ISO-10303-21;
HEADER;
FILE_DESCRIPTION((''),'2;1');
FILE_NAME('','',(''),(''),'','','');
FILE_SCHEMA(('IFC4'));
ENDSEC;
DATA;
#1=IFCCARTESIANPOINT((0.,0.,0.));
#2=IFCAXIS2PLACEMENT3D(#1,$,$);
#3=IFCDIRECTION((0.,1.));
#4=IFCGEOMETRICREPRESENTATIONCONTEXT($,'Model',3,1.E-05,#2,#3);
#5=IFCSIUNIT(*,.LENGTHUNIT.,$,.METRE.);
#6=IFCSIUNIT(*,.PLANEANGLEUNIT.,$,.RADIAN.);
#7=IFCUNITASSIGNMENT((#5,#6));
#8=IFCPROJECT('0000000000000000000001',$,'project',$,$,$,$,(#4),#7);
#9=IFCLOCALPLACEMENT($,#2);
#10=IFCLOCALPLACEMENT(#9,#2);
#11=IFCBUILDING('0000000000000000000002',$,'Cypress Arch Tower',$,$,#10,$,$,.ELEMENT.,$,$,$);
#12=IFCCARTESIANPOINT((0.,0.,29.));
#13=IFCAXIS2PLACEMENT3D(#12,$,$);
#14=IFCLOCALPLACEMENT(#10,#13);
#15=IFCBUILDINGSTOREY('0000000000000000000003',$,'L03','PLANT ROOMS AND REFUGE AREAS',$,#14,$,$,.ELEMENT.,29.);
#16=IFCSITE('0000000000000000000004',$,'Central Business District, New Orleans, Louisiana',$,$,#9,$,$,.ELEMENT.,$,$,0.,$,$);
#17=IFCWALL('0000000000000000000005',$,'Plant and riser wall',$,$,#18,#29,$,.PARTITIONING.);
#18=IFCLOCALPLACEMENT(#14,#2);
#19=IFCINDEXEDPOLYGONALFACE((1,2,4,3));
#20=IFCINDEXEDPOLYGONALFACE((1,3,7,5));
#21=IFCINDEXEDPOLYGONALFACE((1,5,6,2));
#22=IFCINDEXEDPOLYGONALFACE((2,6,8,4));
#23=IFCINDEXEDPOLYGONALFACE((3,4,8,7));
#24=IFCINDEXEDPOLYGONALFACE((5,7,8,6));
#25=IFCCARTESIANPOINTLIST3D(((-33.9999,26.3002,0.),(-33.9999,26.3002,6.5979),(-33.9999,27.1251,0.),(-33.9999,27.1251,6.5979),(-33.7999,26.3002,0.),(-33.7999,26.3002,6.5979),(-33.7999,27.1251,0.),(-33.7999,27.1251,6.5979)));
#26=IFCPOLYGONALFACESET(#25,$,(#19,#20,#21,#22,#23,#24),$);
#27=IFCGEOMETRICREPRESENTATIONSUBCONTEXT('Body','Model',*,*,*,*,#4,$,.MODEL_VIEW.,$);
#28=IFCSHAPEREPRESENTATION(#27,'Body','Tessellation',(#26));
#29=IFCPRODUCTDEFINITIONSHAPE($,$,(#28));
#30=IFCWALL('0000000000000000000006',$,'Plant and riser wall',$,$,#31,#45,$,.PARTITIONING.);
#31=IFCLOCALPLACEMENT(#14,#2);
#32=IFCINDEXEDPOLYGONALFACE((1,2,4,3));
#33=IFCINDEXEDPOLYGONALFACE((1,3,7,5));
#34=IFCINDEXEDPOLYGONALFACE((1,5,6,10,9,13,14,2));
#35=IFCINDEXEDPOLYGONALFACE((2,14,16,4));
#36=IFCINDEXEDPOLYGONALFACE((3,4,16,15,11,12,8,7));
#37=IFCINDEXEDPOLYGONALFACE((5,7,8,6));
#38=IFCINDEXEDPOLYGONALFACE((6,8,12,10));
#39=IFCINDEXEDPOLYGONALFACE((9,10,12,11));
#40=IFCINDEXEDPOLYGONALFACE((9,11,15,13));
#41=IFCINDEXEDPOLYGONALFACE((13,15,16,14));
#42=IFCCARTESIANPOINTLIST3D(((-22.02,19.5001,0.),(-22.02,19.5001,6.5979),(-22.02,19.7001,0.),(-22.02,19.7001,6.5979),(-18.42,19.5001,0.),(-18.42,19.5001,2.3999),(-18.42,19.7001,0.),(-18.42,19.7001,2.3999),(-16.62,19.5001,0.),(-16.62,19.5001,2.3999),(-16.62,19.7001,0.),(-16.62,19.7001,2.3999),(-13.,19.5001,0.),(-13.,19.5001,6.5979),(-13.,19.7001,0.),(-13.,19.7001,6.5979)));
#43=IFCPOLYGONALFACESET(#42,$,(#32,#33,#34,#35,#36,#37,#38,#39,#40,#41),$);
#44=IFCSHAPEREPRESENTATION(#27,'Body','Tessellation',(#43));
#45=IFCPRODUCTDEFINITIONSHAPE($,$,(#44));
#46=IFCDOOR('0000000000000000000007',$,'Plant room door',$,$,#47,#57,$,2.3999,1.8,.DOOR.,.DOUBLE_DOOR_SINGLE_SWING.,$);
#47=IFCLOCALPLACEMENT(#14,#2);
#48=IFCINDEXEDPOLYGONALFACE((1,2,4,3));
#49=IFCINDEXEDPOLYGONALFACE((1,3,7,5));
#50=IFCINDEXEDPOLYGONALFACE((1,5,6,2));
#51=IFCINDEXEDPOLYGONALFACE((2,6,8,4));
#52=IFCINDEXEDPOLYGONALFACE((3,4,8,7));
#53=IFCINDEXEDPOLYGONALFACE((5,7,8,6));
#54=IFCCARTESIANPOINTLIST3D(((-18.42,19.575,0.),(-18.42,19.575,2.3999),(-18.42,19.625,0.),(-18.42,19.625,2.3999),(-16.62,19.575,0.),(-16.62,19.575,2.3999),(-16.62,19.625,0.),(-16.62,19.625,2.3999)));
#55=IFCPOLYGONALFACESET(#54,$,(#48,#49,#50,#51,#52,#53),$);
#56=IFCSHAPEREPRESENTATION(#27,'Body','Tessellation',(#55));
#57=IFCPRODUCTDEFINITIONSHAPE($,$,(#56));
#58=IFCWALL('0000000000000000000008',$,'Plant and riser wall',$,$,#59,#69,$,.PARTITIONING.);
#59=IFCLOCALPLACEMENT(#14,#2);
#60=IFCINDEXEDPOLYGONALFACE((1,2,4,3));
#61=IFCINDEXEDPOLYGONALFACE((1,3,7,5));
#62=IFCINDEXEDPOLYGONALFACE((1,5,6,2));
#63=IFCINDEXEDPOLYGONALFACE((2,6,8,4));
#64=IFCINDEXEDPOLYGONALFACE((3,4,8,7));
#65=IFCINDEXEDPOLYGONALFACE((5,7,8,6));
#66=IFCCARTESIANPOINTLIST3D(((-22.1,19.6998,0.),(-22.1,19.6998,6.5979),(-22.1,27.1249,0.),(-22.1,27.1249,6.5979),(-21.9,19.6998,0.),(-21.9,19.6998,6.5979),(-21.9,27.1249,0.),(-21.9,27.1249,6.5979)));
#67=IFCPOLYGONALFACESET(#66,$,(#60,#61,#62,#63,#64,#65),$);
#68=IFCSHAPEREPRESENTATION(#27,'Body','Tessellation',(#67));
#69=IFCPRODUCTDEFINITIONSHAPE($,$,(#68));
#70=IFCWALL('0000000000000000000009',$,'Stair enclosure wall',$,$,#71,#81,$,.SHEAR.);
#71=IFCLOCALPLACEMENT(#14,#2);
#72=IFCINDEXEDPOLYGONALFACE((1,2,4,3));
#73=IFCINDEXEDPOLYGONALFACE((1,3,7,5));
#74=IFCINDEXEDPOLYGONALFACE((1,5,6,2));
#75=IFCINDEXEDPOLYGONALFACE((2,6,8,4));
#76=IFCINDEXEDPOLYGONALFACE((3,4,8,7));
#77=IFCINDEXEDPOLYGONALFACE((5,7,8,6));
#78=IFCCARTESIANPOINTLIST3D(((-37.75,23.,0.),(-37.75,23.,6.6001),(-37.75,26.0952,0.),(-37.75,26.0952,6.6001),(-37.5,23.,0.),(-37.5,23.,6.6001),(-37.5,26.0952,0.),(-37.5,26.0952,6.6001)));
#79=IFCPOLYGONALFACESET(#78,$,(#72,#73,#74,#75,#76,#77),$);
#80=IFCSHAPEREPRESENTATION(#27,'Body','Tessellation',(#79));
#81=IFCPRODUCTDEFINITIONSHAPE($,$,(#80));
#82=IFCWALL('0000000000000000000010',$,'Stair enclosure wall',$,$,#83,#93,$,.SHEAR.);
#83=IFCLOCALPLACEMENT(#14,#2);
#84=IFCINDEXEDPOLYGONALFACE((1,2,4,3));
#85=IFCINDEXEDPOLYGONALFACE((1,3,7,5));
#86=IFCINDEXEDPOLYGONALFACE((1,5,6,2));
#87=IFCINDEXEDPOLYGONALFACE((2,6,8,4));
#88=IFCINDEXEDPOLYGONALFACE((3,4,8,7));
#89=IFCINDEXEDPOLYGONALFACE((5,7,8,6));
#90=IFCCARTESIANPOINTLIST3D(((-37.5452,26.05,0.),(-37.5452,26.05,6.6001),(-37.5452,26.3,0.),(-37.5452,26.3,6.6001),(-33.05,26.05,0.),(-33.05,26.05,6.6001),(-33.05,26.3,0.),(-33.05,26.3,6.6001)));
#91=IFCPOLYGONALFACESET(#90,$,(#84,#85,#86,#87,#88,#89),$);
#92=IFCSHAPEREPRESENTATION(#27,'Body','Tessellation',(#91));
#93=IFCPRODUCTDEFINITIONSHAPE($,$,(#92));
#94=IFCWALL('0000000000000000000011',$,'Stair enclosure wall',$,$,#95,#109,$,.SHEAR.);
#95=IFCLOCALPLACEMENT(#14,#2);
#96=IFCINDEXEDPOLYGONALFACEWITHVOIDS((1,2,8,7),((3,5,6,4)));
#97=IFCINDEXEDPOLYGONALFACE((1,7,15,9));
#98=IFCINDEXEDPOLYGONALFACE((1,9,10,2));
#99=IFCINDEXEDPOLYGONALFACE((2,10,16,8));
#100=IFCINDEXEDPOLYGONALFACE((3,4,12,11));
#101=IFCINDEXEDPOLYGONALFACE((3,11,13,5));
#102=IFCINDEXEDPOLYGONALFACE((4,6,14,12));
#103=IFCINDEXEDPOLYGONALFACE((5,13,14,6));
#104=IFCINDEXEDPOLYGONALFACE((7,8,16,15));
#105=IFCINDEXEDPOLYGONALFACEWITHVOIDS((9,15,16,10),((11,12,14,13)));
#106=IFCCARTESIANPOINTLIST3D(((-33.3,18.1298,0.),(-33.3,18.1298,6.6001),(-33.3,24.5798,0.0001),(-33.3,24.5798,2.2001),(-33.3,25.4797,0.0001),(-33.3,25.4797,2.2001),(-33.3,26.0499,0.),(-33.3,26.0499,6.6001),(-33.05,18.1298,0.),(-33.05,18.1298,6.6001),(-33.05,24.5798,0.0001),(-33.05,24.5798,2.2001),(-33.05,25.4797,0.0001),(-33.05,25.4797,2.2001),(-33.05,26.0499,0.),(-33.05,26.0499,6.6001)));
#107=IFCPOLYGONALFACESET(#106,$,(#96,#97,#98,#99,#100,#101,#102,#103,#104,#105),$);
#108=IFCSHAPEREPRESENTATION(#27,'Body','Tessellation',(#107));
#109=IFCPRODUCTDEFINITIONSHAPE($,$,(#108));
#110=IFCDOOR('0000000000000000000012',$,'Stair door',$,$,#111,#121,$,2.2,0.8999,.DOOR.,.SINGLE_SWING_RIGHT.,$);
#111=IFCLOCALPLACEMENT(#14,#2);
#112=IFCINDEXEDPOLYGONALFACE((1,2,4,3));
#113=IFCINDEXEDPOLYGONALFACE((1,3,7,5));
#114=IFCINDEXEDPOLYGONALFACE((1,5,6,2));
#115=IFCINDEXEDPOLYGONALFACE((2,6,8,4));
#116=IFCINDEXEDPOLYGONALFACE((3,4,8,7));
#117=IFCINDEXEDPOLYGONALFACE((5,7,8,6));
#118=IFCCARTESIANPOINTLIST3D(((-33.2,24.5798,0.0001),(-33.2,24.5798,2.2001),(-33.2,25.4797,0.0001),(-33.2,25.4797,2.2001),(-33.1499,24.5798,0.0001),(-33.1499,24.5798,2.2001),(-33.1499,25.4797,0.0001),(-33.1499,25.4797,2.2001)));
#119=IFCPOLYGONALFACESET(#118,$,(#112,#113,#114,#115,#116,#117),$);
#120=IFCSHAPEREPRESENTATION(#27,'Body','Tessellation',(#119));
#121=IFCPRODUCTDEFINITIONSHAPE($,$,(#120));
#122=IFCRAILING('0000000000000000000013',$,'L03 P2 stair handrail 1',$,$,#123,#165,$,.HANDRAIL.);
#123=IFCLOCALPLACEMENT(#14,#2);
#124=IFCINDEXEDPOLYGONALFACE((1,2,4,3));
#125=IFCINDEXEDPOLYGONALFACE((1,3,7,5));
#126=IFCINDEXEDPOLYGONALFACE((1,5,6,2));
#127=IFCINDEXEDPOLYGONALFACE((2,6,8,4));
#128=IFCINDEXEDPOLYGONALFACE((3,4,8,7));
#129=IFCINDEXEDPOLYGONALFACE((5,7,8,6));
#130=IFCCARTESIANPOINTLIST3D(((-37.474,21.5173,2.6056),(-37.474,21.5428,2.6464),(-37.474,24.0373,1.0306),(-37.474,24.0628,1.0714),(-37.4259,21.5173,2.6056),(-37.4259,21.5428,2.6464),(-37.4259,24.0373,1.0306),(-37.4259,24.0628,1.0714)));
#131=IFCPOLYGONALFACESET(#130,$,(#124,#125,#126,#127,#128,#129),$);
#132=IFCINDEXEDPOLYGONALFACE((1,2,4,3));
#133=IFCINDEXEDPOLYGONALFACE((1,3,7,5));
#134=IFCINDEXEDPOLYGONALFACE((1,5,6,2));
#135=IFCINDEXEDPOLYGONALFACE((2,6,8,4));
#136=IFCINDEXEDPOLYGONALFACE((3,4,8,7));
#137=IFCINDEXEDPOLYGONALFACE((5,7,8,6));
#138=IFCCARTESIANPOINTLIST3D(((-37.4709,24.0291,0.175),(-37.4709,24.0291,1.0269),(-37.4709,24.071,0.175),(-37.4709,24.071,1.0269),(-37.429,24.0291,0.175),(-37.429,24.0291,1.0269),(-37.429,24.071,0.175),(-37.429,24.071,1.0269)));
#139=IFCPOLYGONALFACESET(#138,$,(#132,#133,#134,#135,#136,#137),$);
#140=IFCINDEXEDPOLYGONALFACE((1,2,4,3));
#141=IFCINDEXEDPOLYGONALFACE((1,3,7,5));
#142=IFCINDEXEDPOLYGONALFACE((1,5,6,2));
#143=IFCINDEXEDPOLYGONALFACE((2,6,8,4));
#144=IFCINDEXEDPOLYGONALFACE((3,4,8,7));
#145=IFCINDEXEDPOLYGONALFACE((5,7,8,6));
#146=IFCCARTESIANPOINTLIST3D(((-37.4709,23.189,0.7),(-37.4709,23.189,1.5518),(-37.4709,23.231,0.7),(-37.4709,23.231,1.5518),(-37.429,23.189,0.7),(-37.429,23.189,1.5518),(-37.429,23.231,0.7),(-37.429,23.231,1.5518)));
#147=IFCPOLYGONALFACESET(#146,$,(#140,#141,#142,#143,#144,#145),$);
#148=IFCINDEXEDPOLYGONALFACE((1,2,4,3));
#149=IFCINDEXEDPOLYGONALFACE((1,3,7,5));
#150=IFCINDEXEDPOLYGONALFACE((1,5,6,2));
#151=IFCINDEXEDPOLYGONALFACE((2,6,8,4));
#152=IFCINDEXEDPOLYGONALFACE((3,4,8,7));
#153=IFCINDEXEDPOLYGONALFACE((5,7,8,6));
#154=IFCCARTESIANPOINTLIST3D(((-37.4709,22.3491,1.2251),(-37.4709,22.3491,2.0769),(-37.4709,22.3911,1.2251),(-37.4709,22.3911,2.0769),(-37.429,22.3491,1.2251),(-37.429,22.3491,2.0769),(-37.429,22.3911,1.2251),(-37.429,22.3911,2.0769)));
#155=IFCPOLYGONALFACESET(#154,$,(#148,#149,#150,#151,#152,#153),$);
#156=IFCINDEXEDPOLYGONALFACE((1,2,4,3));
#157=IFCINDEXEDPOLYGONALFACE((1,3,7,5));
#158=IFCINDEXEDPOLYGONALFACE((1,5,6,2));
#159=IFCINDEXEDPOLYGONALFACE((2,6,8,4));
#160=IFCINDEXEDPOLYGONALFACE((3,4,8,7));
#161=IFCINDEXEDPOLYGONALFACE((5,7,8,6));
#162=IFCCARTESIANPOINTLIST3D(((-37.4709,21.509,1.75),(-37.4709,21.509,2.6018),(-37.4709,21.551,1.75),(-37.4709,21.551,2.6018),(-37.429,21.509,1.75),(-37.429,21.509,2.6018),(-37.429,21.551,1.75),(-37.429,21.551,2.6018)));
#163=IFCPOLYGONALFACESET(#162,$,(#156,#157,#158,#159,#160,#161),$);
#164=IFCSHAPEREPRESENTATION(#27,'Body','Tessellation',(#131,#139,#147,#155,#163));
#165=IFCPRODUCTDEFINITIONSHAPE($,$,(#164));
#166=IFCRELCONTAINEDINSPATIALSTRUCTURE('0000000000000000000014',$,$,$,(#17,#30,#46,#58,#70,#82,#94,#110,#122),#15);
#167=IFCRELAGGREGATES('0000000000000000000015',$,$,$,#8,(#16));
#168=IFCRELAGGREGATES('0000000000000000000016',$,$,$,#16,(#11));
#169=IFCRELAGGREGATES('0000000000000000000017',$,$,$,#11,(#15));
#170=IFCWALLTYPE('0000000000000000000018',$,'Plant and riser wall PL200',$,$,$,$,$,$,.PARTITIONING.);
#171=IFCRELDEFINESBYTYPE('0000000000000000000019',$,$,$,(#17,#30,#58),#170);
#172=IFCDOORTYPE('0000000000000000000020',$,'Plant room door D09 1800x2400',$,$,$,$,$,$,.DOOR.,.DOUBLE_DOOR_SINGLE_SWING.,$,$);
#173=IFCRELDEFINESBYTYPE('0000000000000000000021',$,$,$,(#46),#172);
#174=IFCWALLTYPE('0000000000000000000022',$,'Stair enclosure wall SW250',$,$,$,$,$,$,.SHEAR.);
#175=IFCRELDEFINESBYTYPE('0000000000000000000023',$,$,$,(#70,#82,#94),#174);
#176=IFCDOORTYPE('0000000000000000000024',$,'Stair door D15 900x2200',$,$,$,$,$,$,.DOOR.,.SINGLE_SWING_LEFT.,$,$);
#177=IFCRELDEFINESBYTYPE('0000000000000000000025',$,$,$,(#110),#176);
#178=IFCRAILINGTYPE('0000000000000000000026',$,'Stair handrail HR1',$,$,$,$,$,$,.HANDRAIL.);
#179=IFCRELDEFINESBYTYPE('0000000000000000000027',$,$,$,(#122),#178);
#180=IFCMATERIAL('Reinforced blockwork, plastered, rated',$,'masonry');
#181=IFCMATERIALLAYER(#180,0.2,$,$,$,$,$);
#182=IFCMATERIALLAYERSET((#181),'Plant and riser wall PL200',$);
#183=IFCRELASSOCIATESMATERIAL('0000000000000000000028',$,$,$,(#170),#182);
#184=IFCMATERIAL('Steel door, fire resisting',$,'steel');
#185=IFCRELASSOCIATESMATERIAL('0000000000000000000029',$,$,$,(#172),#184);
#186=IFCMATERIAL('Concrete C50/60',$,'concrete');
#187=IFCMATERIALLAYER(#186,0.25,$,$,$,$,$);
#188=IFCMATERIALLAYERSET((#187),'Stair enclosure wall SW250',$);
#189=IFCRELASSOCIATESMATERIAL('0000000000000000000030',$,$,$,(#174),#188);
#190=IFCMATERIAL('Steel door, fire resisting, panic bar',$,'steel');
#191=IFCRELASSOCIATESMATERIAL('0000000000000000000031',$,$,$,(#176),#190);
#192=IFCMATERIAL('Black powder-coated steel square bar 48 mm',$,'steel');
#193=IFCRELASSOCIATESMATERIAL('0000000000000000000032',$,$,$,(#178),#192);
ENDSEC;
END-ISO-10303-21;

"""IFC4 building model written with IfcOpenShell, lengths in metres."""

from ifc_helpers import new_model, si_unit, direction, frame, frame_2d, origin, origin_2d, place, context, subcontext, project, spatial, rectangle, extrude, material, layer, layer_set, type_object, element, fill, save


model = new_model("IFC4")

# Units and contexts
model_context = context("Model", 3, precision=1e-05, world=origin(), true_north=direction((0.0, 1.0)))
body_context = subcontext(model_context, "Body", "Model", "MODEL_VIEW")
ifc_project = project(units=[si_unit("LENGTHUNIT", "METRE"), si_unit("PLANEANGLEUNIT", "RADIAN")], contexts=[model_context])

# Site, building, storey
site_placement = place(None, origin())
site = spatial("IfcSite", under=ifc_project, at=site_placement, Name="Central Business District, New Orleans, Louisiana", CompositionType="ELEMENT", RefElevation=0.0)
building_placement = place(site_placement, origin())
building = spatial("IfcBuilding", under=site, at=building_placement, Name="Cypress Arch Tower", CompositionType="ELEMENT")
storey_placement = place(building_placement, frame((0.0, 0.0, 29.0)))
storey = spatial("IfcBuildingStorey", under=building, at=storey_placement, Name="L03", Description="PLANT ROOMS AND REFUGE AREAS", CompositionType="ELEMENT", Elevation=29.0)

# Wall
ifc_material_1 = material(Name="Reinforced blockwork, plastered, rated", Category="masonry")
ifc_layer_1 = layer(ifc_material_1, 0.2)
ifc_layer_set_1 = layer_set([ifc_layer_1], Name="Plant and riser wall PL200")
wall_type_1 = type_object("IfcWallType", Name="Plant and riser wall PL200", PredefinedType="PARTITIONING", material=ifc_layer_set_1)
wall_1_placement = place(storey_placement, frame((-33.8999, 26.3, 0.0), z_axis=(0.0, 0.0, 1.0), x_axis=(0.0, 1.0, 0.0)))
element("IfcWall", 1, at=wall_1_placement, inside=storey, type_object=wall_type_1, Name="Plant and riser wall", PredefinedType="PARTITIONING", context=body_context, shape_type="SweptSolid", body=[
    extrude(rectangle(XDim=0.825, YDim=0.2, at=frame_2d((0.4126, 0.0))), origin(), (0.0, 0.0, 1.0), 6.5979),
])

# Wall, opening, door
wall_2_placement = place(storey_placement, frame((-22.02, 19.6001, 0.0), z_axis=(0.0, 0.0, 1.0), x_axis=(1.0, 0.0, 0.0)))
wall_2 = element("IfcWall", 2, at=wall_2_placement, inside=storey, type_object=wall_type_1, Name="Plant and riser wall", PredefinedType="PARTITIONING", context=body_context, shape_type="SweptSolid", body=[
    extrude(rectangle(XDim=9.02, YDim=0.2, at=frame_2d((4.51, 0.0))), origin(), (0.0, 0.0, 1.0), 6.5979),
])
opening_1_placement = place(wall_2_placement, frame((3.6001, 0.0, 0.0)))
opening_1 = element("IfcOpeningElement", 3, at=opening_1_placement, cuts=wall_2, PredefinedType="OPENING", context=body_context, shape_type="SweptSolid", body=[
    extrude(rectangle(XDim=1.8, YDim=2.3999, at=frame_2d((0.8999, 1.2))), frame((0.0, 0.1099, 0.0), z_axis=(0.0, -1.0, 0.0), x_axis=(1.0, 0.0, 0.0)), (0.0, 0.0, 1.0), 0.22),
])
ifc_material_2 = material(Name="Steel door, fire resisting", Category="steel")
door_type_1 = type_object("IfcDoorType", Name="Plant room door D09 1800x2400", OperationType="DOUBLE_DOOR_SINGLE_SWING", PredefinedType="DOOR", material=ifc_material_2)
door_1_placement = place(opening_1_placement, origin())
door_1 = element("IfcDoor", 4, at=door_1_placement, inside=storey, type_object=door_type_1, Name="Plant room door", OperationType="DOUBLE_DOOR_SINGLE_SWING", OverallHeight=2.3999, OverallWidth=1.8, PredefinedType="DOOR", context=body_context, shape_type="SweptSolid", body=[
    extrude(rectangle(XDim=1.8, YDim=2.3999, at=frame_2d((0.8999, 1.2))), frame((0.0, 0.0249, 0.0), z_axis=(0.0, -1.0, 0.0), x_axis=(1.0, 0.0, 0.0)), (0.0, 0.0, 1.0), 0.05),
])
fill(opening_1, door_1)

# Walls
wall_3_placement = place(storey_placement, frame((-22.0, 19.7, 0.0), z_axis=(0.0, 0.0, 1.0), x_axis=(0.0, 1.0, 0.0)))
element("IfcWall", 5, at=wall_3_placement, inside=storey, type_object=wall_type_1, Name="Plant and riser wall", PredefinedType="PARTITIONING", context=body_context, shape_type="SweptSolid", body=[
    extrude(rectangle(XDim=7.425, YDim=0.2, at=frame_2d((3.7124, 0.0))), origin(), (0.0, 0.0, 1.0), 6.5979),
])
ifc_material_3 = material(Name="Concrete C50/60", Category="concrete")
ifc_layer_2 = layer(ifc_material_3, 0.25)
ifc_layer_set_2 = layer_set([ifc_layer_2], Name="Stair enclosure wall SW250")
wall_type_2 = type_object("IfcWallType", Name="Stair enclosure wall SW250", PredefinedType="SHEAR", material=ifc_layer_set_2)
wall_4_placement = place(storey_placement, frame((-37.625, 23.0, 0.0), z_axis=(0.0, 0.0, 1.0), x_axis=(0.0, 1.0, 0.0)))
element("IfcWall", 6, at=wall_4_placement, inside=storey, type_object=wall_type_2, Name="Stair enclosure wall", PredefinedType="SHEAR", context=body_context, shape_type="SweptSolid", body=[
    extrude(rectangle(XDim=3.0952, YDim=0.25, at=frame_2d((1.5476, 0.0))), origin(), (0.0, 0.0, 1.0), 6.6001),
])
wall_5_placement = place(storey_placement, frame((-37.5452, 26.175, 0.0), z_axis=(0.0, 0.0, 1.0), x_axis=(1.0, 0.0, 0.0)))
element("IfcWall", 7, at=wall_5_placement, inside=storey, type_object=wall_type_2, Name="Stair enclosure wall", PredefinedType="SHEAR", context=body_context, shape_type="SweptSolid", body=[
    extrude(rectangle(XDim=4.4951, YDim=0.25, at=frame_2d((2.2476, 0.0))), origin(), (0.0, 0.0, 1.0), 6.6001),
])

# Wall, opening, door
wall_6_placement = place(storey_placement, frame((-33.175, 18.1299, 0.0), z_axis=(0.0, 0.0, 1.0), x_axis=(0.0, 1.0, 0.0)))
wall_6 = element("IfcWall", 8, at=wall_6_placement, inside=storey, type_object=wall_type_2, Name="Stair enclosure wall", PredefinedType="SHEAR", context=body_context, shape_type="SweptSolid", body=[
    extrude(rectangle(XDim=7.9202, YDim=0.25, at=frame_2d((3.96, 0.0))), origin(), (0.0, 0.0, 1.0), 6.6001),
])
opening_2_placement = place(wall_6_placement, frame((6.45, 0.0, 0.0)))
opening_2 = element("IfcOpeningElement", 9, at=opening_2_placement, cuts=wall_6, PredefinedType="OPENING", context=body_context, shape_type="SweptSolid", body=[
    extrude(rectangle(XDim=0.8999, YDim=2.2, at=frame_2d((0.45, 1.1001))), frame((0.0, 0.135, 0.0), z_axis=(0.0, -1.0, 0.0), x_axis=(1.0, 0.0, 0.0)), (0.0, 0.0, 1.0), 0.27),
])
ifc_material_4 = material(Name="Steel door, fire resisting, panic bar", Category="steel")
door_type_2 = type_object("IfcDoorType", Name="Stair door D15 900x2200", OperationType="SINGLE_SWING_LEFT", PredefinedType="DOOR", material=ifc_material_4)
door_2_placement = place(opening_2_placement, origin())
door_2 = element("IfcDoor", 10, at=door_2_placement, inside=storey, type_object=door_type_2, Name="Stair door", OperationType="SINGLE_SWING_RIGHT", OverallHeight=2.2, OverallWidth=0.8999, PredefinedType="DOOR", context=body_context, shape_type="SweptSolid", body=[
    extrude(rectangle(XDim=0.8999, YDim=2.2, at=frame_2d((0.45, 1.1001))), frame((0.0, 0.0249, 0.0), z_axis=(0.0, -1.0, 0.0), x_axis=(1.0, 0.0, 0.0)), (0.0, 0.0, 1.0), 0.05),
])
fill(opening_2, door_2)

# Railing
ifc_material_5 = material(Name="Black powder-coated steel square bar 48 mm", Category="steel")
railing_type_1 = type_object("IfcRailingType", Name="Stair handrail HR1", PredefinedType="HANDRAIL", material=ifc_material_5)
railing_1_placement = place(storey_placement, frame((-37.45, 24.05, 0.175)))
element("IfcRailing", 11, at=railing_1_placement, inside=storey, type_object=railing_type_1, Name="L03 P2 stair handrail 1", PredefinedType="HANDRAIL", context=body_context, shape_type="SweptSolid", body=[
    extrude(rectangle(XDim=0.0481, YDim=0.0481, at=origin_2d()), frame((0.0, 0.0, 0.876), z_axis=(0.0, -0.848008, 0.529984), x_axis=(1.0, 0.0, 0.0)), (0.0, 0.0, 1.0), 2.9717),
    extrude(rectangle(XDim=0.042, YDim=0.042, at=origin_2d()), origin(), (0.0, 0.0, 1.0), 0.8518),
    extrude(rectangle(XDim=0.042, YDim=0.042, at=origin_2d()), frame((0.0, -0.8401, 0.5249)), (0.0, 0.0, 1.0), 0.8518),
    extrude(rectangle(XDim=0.042, YDim=0.042, at=origin_2d()), frame((0.0, -1.6799, 1.05)), (0.0, 0.0, 1.0), 0.8518),
    extrude(rectangle(XDim=0.042, YDim=0.042, at=origin_2d()), frame((0.0, -2.52, 1.575)), (0.0, 0.0, 1.0), 0.8518),
])

save(model, "model.ifc")
